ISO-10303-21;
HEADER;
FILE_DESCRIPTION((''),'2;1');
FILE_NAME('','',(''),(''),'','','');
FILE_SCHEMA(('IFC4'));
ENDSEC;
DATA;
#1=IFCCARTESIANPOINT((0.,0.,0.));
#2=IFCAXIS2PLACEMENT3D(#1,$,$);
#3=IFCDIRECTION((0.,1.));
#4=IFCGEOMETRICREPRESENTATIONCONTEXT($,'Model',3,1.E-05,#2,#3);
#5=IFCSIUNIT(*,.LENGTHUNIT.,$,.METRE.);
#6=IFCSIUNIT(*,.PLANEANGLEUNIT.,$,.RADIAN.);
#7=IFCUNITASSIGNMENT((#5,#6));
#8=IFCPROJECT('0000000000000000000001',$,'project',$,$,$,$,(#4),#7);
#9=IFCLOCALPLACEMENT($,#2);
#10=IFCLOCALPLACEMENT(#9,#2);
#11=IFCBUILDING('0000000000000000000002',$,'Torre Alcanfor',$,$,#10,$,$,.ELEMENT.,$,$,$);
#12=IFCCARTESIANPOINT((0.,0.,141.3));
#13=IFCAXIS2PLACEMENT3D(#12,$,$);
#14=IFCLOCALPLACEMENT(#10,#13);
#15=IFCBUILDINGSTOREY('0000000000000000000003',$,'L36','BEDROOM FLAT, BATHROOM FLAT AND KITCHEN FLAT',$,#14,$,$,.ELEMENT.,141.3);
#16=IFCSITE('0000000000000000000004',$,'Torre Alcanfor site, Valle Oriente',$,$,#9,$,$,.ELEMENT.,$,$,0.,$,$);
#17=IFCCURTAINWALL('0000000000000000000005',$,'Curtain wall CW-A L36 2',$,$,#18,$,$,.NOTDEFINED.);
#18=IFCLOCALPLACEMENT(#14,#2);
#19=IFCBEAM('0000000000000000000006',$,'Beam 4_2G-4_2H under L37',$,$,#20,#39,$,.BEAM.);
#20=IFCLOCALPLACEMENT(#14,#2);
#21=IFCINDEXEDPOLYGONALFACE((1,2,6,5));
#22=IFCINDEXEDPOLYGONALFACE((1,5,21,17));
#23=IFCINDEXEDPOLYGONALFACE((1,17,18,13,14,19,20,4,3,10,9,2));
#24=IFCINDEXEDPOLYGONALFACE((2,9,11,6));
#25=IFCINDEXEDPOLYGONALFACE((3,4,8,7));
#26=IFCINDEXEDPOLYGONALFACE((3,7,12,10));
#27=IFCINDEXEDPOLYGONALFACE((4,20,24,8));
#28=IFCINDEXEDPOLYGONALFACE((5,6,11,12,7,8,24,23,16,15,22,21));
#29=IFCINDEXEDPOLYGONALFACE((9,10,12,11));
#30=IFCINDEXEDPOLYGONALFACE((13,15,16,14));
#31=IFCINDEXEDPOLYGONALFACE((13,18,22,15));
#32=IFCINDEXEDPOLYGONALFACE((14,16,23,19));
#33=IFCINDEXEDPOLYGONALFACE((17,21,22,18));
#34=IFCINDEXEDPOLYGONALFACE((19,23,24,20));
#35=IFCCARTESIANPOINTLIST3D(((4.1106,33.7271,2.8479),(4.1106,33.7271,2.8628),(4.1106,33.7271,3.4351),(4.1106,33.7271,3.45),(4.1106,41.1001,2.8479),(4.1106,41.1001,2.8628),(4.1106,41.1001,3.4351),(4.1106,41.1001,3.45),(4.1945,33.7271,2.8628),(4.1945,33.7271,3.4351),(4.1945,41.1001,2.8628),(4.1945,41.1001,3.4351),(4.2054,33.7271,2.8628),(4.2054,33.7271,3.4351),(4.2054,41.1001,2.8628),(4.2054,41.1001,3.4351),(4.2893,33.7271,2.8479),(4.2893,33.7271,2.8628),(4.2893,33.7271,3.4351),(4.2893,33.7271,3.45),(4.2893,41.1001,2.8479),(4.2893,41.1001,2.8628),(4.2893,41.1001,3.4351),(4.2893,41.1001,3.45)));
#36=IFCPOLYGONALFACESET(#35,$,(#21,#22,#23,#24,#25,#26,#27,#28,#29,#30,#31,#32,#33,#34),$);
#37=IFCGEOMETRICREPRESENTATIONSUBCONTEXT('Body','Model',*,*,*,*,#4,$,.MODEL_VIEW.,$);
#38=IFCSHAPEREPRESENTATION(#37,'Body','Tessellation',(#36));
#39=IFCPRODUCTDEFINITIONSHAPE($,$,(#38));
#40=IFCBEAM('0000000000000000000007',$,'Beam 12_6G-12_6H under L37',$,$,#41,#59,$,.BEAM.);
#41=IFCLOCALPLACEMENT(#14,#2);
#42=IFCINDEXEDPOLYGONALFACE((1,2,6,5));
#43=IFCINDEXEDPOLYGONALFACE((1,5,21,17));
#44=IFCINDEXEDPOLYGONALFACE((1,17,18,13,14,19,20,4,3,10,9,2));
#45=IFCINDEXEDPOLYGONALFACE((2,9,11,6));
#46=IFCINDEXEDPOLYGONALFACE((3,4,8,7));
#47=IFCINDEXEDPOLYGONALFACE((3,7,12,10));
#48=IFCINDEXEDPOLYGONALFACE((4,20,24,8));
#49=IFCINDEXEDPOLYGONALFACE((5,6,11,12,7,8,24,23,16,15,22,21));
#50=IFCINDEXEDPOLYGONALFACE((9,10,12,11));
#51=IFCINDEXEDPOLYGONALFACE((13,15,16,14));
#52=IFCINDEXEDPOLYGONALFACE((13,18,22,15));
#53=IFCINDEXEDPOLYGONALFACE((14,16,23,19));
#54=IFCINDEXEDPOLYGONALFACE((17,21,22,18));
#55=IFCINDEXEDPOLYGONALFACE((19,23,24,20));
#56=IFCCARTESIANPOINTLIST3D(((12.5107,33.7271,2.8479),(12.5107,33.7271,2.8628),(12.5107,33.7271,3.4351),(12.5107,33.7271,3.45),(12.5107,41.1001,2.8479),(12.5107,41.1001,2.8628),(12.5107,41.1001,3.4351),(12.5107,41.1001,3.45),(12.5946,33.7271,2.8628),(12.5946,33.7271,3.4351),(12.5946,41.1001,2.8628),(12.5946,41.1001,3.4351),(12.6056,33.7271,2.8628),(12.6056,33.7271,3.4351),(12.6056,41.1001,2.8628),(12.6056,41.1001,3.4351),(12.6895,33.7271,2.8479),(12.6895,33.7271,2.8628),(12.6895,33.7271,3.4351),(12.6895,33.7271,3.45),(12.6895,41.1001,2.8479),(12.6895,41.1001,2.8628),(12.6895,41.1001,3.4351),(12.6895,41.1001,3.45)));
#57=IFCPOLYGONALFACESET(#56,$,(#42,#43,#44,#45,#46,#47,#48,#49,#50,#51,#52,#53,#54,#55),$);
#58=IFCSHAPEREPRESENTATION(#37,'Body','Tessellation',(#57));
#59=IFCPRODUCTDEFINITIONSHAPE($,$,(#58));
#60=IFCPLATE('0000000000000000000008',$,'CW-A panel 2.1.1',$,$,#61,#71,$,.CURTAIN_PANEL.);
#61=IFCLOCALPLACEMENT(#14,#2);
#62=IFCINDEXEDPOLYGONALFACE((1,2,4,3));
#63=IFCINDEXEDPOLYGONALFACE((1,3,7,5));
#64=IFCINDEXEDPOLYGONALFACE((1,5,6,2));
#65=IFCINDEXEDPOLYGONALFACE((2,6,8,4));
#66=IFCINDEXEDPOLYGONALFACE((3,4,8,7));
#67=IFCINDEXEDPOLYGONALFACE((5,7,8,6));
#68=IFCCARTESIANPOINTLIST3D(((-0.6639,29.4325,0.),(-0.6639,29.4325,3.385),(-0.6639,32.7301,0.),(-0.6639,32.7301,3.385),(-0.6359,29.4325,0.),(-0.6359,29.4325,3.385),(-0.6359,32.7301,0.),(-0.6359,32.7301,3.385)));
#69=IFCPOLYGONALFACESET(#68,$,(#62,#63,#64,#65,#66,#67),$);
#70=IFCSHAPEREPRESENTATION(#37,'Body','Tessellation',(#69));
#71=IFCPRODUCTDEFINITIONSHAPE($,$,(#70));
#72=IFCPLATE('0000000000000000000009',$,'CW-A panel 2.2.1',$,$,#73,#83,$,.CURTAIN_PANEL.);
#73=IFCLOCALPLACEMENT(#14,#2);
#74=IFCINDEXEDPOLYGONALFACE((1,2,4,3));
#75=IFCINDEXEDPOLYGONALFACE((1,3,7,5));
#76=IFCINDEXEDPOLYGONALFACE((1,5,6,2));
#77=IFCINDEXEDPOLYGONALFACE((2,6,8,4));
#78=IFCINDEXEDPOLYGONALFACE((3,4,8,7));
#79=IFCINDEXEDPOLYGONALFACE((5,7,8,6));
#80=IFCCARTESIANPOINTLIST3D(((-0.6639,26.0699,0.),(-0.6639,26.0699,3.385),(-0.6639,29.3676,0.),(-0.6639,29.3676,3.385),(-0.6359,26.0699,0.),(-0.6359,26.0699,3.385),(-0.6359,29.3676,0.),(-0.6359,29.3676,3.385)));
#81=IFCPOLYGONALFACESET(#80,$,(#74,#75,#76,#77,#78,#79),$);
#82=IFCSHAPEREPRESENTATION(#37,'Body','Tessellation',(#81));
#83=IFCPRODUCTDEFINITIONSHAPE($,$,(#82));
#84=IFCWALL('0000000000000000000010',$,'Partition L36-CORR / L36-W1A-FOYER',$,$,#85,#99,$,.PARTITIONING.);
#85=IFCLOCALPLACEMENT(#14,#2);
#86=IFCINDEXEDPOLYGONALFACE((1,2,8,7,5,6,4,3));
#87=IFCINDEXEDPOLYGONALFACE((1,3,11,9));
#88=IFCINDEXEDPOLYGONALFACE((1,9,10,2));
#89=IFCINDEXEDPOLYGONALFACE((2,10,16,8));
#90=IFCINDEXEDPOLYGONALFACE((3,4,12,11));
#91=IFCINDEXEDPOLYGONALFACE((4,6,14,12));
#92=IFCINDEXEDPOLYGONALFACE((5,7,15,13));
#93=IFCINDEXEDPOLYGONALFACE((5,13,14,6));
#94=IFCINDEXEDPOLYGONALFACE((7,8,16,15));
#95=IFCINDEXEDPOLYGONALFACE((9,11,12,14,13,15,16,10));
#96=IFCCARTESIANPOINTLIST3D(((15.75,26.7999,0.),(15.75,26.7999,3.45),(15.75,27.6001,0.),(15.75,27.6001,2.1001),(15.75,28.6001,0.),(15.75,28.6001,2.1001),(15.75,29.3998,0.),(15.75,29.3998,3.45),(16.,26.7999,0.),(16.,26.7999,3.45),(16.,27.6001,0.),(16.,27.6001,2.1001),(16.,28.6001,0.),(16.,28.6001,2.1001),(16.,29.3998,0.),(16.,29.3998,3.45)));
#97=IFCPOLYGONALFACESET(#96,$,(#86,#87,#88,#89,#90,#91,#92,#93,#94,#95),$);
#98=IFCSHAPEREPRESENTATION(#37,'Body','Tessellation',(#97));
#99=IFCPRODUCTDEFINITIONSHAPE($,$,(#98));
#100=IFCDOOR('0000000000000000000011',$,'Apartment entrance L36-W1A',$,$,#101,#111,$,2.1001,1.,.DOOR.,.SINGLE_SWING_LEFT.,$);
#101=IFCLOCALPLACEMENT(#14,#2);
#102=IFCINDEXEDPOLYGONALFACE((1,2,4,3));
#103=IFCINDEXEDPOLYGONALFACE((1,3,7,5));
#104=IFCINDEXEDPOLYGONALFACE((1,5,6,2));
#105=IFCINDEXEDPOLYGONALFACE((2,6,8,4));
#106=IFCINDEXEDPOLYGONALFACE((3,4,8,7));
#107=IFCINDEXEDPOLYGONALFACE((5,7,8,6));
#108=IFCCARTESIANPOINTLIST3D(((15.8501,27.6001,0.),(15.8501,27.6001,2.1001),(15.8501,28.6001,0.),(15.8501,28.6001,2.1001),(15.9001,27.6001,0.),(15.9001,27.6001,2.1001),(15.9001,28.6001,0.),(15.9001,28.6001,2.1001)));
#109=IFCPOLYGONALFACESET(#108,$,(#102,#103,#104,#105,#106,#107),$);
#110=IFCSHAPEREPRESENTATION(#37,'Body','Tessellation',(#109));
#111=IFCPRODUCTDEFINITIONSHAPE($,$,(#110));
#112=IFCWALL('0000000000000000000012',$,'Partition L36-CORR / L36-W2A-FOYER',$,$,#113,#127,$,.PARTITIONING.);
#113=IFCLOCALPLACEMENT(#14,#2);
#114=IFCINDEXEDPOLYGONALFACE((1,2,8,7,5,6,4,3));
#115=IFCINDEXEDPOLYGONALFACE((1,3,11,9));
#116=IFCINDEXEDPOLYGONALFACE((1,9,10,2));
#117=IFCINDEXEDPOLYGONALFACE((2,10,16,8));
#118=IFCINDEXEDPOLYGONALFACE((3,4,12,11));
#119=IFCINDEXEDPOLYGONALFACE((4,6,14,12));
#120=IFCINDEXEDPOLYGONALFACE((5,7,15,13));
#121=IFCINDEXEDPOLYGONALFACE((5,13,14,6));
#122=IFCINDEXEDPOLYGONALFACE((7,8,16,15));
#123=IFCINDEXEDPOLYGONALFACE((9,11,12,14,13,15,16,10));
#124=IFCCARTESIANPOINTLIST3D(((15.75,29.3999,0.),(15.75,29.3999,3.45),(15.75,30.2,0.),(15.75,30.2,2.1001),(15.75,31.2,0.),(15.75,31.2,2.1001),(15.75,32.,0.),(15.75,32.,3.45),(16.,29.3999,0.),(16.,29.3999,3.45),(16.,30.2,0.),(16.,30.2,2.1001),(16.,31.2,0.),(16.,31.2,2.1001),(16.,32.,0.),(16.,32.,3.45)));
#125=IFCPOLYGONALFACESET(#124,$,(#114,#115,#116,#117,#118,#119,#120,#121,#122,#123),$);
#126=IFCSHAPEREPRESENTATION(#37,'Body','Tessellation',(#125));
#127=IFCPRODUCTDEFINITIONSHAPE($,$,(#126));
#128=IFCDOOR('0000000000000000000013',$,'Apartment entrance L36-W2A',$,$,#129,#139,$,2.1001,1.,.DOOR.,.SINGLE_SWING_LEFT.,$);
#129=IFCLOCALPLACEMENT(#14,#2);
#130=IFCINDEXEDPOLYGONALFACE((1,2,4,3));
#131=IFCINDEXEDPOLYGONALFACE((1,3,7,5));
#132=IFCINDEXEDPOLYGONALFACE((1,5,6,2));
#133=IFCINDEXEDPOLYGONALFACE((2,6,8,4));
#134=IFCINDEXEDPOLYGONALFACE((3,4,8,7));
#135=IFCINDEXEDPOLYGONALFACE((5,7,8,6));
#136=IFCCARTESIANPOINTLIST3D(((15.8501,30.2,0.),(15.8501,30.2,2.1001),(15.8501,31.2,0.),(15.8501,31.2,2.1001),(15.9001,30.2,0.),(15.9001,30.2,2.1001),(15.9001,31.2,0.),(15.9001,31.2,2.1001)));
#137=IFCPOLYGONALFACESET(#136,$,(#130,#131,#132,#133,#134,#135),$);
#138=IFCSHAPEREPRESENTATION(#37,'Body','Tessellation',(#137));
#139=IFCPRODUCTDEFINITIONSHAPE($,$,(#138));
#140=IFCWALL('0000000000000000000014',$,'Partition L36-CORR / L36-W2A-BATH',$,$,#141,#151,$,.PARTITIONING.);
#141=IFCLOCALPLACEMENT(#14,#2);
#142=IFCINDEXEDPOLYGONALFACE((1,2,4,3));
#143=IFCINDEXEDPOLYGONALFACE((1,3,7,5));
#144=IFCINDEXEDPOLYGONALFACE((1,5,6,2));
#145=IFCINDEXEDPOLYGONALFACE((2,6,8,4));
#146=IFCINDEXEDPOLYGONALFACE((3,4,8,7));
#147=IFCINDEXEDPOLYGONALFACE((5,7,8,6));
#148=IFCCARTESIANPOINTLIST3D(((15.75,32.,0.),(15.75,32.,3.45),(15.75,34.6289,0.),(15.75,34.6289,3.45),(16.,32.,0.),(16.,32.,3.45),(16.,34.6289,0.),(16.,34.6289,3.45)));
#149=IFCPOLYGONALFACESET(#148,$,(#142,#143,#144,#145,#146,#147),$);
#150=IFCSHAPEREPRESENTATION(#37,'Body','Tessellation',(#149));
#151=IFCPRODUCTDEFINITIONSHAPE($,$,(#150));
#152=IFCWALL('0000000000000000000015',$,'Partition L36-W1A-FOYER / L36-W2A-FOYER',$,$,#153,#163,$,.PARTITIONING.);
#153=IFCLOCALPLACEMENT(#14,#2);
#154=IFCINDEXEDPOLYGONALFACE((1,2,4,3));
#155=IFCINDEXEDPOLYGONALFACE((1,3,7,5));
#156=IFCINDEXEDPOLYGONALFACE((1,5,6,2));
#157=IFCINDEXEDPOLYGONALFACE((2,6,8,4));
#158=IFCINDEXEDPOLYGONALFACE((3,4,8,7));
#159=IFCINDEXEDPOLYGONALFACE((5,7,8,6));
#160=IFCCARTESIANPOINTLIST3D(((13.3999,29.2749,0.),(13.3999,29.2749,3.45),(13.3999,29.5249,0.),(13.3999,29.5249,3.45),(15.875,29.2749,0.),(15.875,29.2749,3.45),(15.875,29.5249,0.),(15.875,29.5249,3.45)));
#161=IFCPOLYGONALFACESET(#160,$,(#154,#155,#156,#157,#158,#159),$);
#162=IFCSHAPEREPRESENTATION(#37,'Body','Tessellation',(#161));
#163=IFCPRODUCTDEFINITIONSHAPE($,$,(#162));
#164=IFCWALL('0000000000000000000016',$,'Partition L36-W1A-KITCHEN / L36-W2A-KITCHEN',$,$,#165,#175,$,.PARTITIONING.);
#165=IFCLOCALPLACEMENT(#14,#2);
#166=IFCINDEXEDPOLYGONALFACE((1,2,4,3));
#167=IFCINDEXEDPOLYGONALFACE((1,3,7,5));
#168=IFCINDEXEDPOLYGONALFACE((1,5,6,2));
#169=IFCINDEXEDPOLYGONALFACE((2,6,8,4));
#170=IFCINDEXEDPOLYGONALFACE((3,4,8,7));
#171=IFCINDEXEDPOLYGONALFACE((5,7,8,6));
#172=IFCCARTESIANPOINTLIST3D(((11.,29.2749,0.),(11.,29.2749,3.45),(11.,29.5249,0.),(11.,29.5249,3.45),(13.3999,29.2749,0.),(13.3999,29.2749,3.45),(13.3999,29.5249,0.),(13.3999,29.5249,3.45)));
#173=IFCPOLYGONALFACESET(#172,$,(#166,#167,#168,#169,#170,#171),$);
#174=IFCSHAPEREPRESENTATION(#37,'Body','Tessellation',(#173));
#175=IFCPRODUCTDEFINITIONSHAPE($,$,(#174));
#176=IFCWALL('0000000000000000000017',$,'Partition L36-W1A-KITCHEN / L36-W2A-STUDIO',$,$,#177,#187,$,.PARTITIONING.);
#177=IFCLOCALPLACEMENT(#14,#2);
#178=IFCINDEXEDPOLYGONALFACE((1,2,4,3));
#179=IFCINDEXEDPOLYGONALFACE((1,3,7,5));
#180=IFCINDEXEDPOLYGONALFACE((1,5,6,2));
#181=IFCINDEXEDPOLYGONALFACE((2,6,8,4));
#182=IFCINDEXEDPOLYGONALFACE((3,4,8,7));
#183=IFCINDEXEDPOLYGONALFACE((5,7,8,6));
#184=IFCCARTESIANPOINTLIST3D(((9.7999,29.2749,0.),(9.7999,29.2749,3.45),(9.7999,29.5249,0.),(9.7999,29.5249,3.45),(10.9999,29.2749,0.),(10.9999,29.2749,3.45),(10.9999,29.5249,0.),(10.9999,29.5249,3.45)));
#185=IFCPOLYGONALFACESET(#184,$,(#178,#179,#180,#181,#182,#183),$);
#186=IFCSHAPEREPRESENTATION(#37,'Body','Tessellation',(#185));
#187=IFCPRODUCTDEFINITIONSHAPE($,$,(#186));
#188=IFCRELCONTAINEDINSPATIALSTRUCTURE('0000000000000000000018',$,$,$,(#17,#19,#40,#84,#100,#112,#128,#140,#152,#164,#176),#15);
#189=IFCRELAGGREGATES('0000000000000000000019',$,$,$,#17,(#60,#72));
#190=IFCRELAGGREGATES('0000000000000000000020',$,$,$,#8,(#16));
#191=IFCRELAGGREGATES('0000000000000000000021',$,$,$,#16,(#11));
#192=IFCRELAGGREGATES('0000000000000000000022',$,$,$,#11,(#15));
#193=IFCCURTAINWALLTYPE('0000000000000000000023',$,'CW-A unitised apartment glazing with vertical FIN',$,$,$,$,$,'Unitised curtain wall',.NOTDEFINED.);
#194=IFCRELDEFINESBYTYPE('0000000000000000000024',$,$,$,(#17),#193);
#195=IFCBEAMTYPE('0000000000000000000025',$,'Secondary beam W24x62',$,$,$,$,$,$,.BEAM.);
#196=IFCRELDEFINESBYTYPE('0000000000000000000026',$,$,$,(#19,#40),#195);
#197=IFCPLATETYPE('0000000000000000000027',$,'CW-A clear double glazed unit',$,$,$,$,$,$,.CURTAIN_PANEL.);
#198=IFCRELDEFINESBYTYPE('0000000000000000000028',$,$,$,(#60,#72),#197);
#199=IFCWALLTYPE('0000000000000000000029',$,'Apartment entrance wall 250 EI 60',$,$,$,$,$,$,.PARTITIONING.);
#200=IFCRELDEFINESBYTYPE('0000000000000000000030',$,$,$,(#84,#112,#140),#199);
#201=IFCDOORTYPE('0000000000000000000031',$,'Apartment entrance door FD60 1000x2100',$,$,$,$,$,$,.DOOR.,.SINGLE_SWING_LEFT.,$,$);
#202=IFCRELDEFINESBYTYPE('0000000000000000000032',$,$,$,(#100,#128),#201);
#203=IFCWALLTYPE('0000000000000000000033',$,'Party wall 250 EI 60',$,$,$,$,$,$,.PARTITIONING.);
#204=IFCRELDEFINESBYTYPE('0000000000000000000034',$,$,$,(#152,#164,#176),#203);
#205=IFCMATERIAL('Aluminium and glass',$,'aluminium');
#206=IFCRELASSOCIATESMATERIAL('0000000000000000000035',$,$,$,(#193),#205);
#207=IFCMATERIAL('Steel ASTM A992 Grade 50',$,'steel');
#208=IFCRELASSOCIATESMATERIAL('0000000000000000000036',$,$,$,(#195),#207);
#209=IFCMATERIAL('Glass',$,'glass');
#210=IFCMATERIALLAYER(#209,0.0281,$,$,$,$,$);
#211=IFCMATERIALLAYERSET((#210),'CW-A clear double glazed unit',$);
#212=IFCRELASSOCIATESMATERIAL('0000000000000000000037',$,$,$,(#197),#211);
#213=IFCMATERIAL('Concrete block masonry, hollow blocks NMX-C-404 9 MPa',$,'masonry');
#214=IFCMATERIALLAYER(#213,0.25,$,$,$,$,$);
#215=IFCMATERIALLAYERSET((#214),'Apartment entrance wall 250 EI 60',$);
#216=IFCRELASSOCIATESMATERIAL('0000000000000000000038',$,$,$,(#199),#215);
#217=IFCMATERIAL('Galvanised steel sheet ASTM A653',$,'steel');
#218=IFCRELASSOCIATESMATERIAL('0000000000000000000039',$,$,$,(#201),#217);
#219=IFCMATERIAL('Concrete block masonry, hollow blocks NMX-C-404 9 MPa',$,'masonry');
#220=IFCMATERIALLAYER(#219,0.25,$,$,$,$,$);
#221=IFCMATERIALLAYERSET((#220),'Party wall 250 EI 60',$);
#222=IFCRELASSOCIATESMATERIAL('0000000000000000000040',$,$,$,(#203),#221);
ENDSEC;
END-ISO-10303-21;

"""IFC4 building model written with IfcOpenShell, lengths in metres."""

from ifc_helpers import new_model, si_unit, direction, frame, frame_2d, origin, origin_2d, place, context, subcontext, project, spatial, rectangle, i_section, extrude, material, layer, layer_set, material_profile, profile_set, type_object, element, fill, aggregate, save


model = new_model("IFC4")

# Units and contexts
model_context = context("Model", 3, precision=1e-05, world=origin(), true_north=direction((0.0, 1.0)))
body_context = subcontext(model_context, "Body", "Model", "MODEL_VIEW")
ifc_project = project(units=[si_unit("LENGTHUNIT", "METRE"), si_unit("PLANEANGLEUNIT", "RADIAN")], contexts=[model_context])

# Site, building, storey
site_placement = place(None, origin())
site = spatial("IfcSite", under=ifc_project, at=site_placement, Name="Torre Alcanfor site, Valle Oriente", CompositionType="ELEMENT", RefElevation=0.0)
building_placement = place(site_placement, origin())
building = spatial("IfcBuilding", under=site, at=building_placement, Name="Torre Alcanfor", CompositionType="ELEMENT")
storey_placement = place(building_placement, frame((0.0, 0.0, 141.3)))
storey = spatial("IfcBuildingStorey", under=building, at=storey_placement, Name="L36", Description="BEDROOM FLAT, BATHROOM FLAT AND KITCHEN FLAT", CompositionType="ELEMENT", Elevation=141.3)

# Curtain wall
ifc_material_1 = material(Name="Aluminium and glass", Category="aluminium")
curtain_wall_type = type_object("IfcCurtainWallType", Name="CW-A unitised apartment glazing with vertical FIN", ElementType="Unitised curtain wall", PredefinedType="NOTDEFINED", material=ifc_material_1)
curtain_wall_placement = place(storey_placement, origin())
curtain_wall = element("IfcCurtainWall", 1, at=curtain_wall_placement, inside=storey, type_object=curtain_wall_type, Name="Curtain wall CW-A L36 2", PredefinedType="NOTDEFINED")

# Beams
ifc_material_2 = material(Name="Steel ASTM A992 Grade 50", Category="steel")
ifc_material_profile_1 = material_profile(ifc_material_2, i_section(OverallWidth=0.1787, OverallDepth=0.6021, WebThickness=0.011, FlangeThickness=0.0149, at=origin_2d()), Name="W24x62")
ifc_profile_set_1 = profile_set([ifc_material_profile_1], Name="Steel ASTM A992 Grade 50")
beam_type_1 = type_object("IfcBeamType", Name="Secondary beam W24x62", PredefinedType="BEAM", material=ifc_profile_set_1)
for number, where, z_axis, x_axis, name in (
    (2, (4.2, 33.7271, 3.1489), (0.0, 1.0, 0.0), (-1.0, 0.0, 0.0), "Beam 4_2G-4_2H under L37"),
    (3, (12.6001, 33.7271, 3.1489), (0.0, 1.0, 0.0), (-1.0, 0.0, 0.0), "Beam 12_6G-12_6H under L37"),
):
    element("IfcBeam", number, at=place(storey_placement, frame(where, z_axis=z_axis, x_axis=x_axis)), inside=storey, type_object=beam_type_1, Name=name, PredefinedType="BEAM", context=body_context, shape_type="SweptSolid", body=[
        extrude(i_section(OverallWidth=0.1787, OverallDepth=0.6021, WebThickness=0.011, FlangeThickness=0.0149, at=origin_2d()), origin(), (0.0, 0.0, 1.0), 7.373),
    ])

# Plates
ifc_material_3 = material(Name="Glass", Category="glass")
ifc_layer_1 = layer(ifc_material_3, 0.0281)
ifc_layer_set_1 = layer_set([ifc_layer_1], Name="CW-A clear double glazed unit")
plate_type = type_object("IfcPlateType", Name="CW-A clear double glazed unit", PredefinedType="CURTAIN_PANEL", material=ifc_layer_set_1)
plate_1_placement = place(storey_placement, frame((-0.6499, 31.0813, 0.0), z_axis=(0.0, 0.0, 1.0), x_axis=(0.0, -1.0, 0.0)))
plate_1 = element("IfcPlate", 4, at=plate_1_placement, type_object=plate_type, Name="CW-A panel 2.1.1", PredefinedType="CURTAIN_PANEL", context=body_context, shape_type="SweptSolid", body=[
    extrude(rectangle(XDim=3.2976, YDim=0.0281, at=origin_2d()), origin(), (0.0, 0.0, 1.0), 3.385),
])
plate_2_placement = place(storey_placement, frame((-0.6499, 27.7188, 0.0), z_axis=(0.0, 0.0, 1.0), x_axis=(0.0, -1.0, 0.0)))
plate_2 = element("IfcPlate", 5, at=plate_2_placement, type_object=plate_type, Name="CW-A panel 2.2.1", PredefinedType="CURTAIN_PANEL", context=body_context, shape_type="SweptSolid", body=[
    extrude(rectangle(XDim=3.2976, YDim=0.0281, at=origin_2d()), origin(), (0.0, 0.0, 1.0), 3.385),
])
aggregate(curtain_wall, [plate_1, plate_2])

# Walls, openings, doors
ifc_material_4 = material(Name="Concrete block masonry, hollow blocks NMX-C-404 9 MPa", Category="masonry")
ifc_layer_2 = layer(ifc_material_4, 0.25)
ifc_layer_set_2 = layer_set([ifc_layer_2], Name="Apartment entrance wall 250 EI 60")
wall_type_1 = type_object("IfcWallType", Name="Apartment entrance wall 250 EI 60", PredefinedType="PARTITIONING", material=ifc_layer_set_2)
wall_1_placement = place(storey_placement, frame((15.875, 26.8, 0.0), z_axis=(0.0, 0.0, 1.0), x_axis=(0.0, 1.0, 0.0)))
wall_1 = element("IfcWall", 6, at=wall_1_placement, inside=storey, type_object=wall_type_1, Name="Partition L36-CORR / L36-W1A-FOYER", PredefinedType="PARTITIONING", context=body_context, shape_type="SweptSolid", body=[
    extrude(rectangle(XDim=2.5999, YDim=0.25, at=frame_2d((1.2998, 0.0))), origin(), (0.0, 0.0, 1.0), 3.45),
])
opening_1_placement = place(wall_1_placement, frame((0.8, 0.0, 0.0)))
opening_1 = element("IfcOpeningElement", 7, at=opening_1_placement, cuts=wall_1, PredefinedType="OPENING", context=body_context, shape_type="SweptSolid", body=[
    extrude(rectangle(XDim=1.0, YDim=2.1001, at=frame_2d((0.5, 1.05))), frame((0.0, 0.135, 0.0), z_axis=(0.0, -1.0, 0.0), x_axis=(1.0, 0.0, 0.0)), (0.0, 0.0, 1.0), 0.27),
])
ifc_material_5 = material(Name="Galvanised steel sheet ASTM A653", Category="steel")
door_type_1 = type_object("IfcDoorType", Name="Apartment entrance door FD60 1000x2100", OperationType="SINGLE_SWING_LEFT", PredefinedType="DOOR", material=ifc_material_5)
door_1_placement = place(opening_1_placement, origin())
door_1 = element("IfcDoor", 8, at=door_1_placement, inside=storey, type_object=door_type_1, Name="Apartment entrance L36-W1A", OperationType="SINGLE_SWING_LEFT", OverallHeight=2.1001, OverallWidth=1.0, PredefinedType="DOOR", context=body_context, shape_type="SweptSolid", body=[
    extrude(rectangle(XDim=1.0, YDim=2.1001, at=frame_2d((0.5, 1.05))), frame((0.0, 0.0249, 0.0), z_axis=(0.0, -1.0, 0.0), x_axis=(1.0, 0.0, 0.0)), (0.0, 0.0, 1.0), 0.05),
])
fill(opening_1, door_1)
wall_2_placement = place(storey_placement, frame((15.875, 29.3999, 0.0), z_axis=(0.0, 0.0, 1.0), x_axis=(0.0, 1.0, 0.0)))
wall_2 = element("IfcWall", 9, at=wall_2_placement, inside=storey, type_object=wall_type_1, Name="Partition L36-CORR / L36-W2A-FOYER", PredefinedType="PARTITIONING", context=body_context, shape_type="SweptSolid", body=[
    extrude(rectangle(XDim=2.6001, YDim=0.25, at=frame_2d((1.3, 0.0))), origin(), (0.0, 0.0, 1.0), 3.45),
])
opening_2_placement = place(wall_2_placement, frame((0.8, 0.0, 0.0)))
opening_2 = element("IfcOpeningElement", 10, at=opening_2_placement, cuts=wall_2, PredefinedType="OPENING", context=body_context, shape_type="SweptSolid", body=[
    extrude(rectangle(XDim=1.0, YDim=2.1001, at=frame_2d((0.5, 1.05))), frame((0.0, 0.135, 0.0), z_axis=(0.0, -1.0, 0.0), x_axis=(1.0, 0.0, 0.0)), (0.0, 0.0, 1.0), 0.27),
])
door_2_placement = place(opening_2_placement, origin())
door_2 = element("IfcDoor", 11, at=door_2_placement, inside=storey, type_object=door_type_1, Name="Apartment entrance L36-W2A", OperationType="SINGLE_SWING_LEFT", OverallHeight=2.1001, OverallWidth=1.0, PredefinedType="DOOR", context=body_context, shape_type="SweptSolid", body=[
    extrude(rectangle(XDim=1.0, YDim=2.1001, at=frame_2d((0.5, 1.05))), frame((0.0, 0.0249, 0.0), z_axis=(0.0, -1.0, 0.0), x_axis=(1.0, 0.0, 0.0)), (0.0, 0.0, 1.0), 0.05),
])
fill(opening_2, door_2)

# Walls
wall_3_placement = place(storey_placement, frame((15.875, 32.0, 0.0), z_axis=(0.0, 0.0, 1.0), x_axis=(0.0, 1.0, 0.0)))
element("IfcWall", 12, at=wall_3_placement, inside=storey, type_object=wall_type_1, Name="Partition L36-CORR / L36-W2A-BATH", PredefinedType="PARTITIONING", context=body_context, shape_type="SweptSolid", body=[
    extrude(rectangle(XDim=2.6289, YDim=0.25, at=frame_2d((1.3145, 0.0))), origin(), (0.0, 0.0, 1.0), 3.45),
])
ifc_material_6 = material(Name="Concrete block masonry, hollow blocks NMX-C-404 9 MPa", Category="masonry")
ifc_layer_3 = layer(ifc_material_6, 0.25)
ifc_layer_set_3 = layer_set([ifc_layer_3], Name="Party wall 250 EI 60")
wall_type_2 = type_object("IfcWallType", Name="Party wall 250 EI 60", PredefinedType="PARTITIONING", material=ifc_layer_set_3)
wall_4_placement = place(storey_placement, frame((15.875, 29.3999, 0.0), z_axis=(0.0, 0.0, 1.0), x_axis=(-1.0, 0.0, 0.0)))
element("IfcWall", 13, at=wall_4_placement, inside=storey, type_object=wall_type_2, Name="Partition L36-W1A-FOYER / L36-W2A-FOYER", PredefinedType="PARTITIONING", context=body_context, shape_type="SweptSolid", body=[
    extrude(rectangle(XDim=2.4751, YDim=0.25, at=frame_2d((1.2375, 0.0))), origin(), (0.0, 0.0, 1.0), 3.45),
])
wall_5_placement = place(storey_placement, frame((13.3999, 29.3999, 0.0), z_axis=(0.0, 0.0, 1.0), x_axis=(-1.0, 0.0, 0.0)))
element("IfcWall", 14, at=wall_5_placement, inside=storey, type_object=wall_type_2, Name="Partition L36-W1A-KITCHEN / L36-W2A-KITCHEN", PredefinedType="PARTITIONING", context=body_context, shape_type="SweptSolid", body=[
    extrude(rectangle(XDim=2.3999, YDim=0.25, at=frame_2d((1.2, 0.0))), origin(), (0.0, 0.0, 1.0), 3.45),
])
wall_6_placement = place(storey_placement, frame((11.0, 29.3999, 0.0), z_axis=(0.0, 0.0, 1.0), x_axis=(-1.0, 0.0, 0.0)))
element("IfcWall", 15, at=wall_6_placement, inside=storey, type_object=wall_type_2, Name="Partition L36-W1A-KITCHEN / L36-W2A-STUDIO", PredefinedType="PARTITIONING", context=body_context, shape_type="SweptSolid", body=[
    extrude(rectangle(XDim=1.2, YDim=0.25, at=frame_2d((0.6001, 0.0))), origin(), (0.0, 0.0, 1.0), 3.45),
])

save(model, "model.ifc")
